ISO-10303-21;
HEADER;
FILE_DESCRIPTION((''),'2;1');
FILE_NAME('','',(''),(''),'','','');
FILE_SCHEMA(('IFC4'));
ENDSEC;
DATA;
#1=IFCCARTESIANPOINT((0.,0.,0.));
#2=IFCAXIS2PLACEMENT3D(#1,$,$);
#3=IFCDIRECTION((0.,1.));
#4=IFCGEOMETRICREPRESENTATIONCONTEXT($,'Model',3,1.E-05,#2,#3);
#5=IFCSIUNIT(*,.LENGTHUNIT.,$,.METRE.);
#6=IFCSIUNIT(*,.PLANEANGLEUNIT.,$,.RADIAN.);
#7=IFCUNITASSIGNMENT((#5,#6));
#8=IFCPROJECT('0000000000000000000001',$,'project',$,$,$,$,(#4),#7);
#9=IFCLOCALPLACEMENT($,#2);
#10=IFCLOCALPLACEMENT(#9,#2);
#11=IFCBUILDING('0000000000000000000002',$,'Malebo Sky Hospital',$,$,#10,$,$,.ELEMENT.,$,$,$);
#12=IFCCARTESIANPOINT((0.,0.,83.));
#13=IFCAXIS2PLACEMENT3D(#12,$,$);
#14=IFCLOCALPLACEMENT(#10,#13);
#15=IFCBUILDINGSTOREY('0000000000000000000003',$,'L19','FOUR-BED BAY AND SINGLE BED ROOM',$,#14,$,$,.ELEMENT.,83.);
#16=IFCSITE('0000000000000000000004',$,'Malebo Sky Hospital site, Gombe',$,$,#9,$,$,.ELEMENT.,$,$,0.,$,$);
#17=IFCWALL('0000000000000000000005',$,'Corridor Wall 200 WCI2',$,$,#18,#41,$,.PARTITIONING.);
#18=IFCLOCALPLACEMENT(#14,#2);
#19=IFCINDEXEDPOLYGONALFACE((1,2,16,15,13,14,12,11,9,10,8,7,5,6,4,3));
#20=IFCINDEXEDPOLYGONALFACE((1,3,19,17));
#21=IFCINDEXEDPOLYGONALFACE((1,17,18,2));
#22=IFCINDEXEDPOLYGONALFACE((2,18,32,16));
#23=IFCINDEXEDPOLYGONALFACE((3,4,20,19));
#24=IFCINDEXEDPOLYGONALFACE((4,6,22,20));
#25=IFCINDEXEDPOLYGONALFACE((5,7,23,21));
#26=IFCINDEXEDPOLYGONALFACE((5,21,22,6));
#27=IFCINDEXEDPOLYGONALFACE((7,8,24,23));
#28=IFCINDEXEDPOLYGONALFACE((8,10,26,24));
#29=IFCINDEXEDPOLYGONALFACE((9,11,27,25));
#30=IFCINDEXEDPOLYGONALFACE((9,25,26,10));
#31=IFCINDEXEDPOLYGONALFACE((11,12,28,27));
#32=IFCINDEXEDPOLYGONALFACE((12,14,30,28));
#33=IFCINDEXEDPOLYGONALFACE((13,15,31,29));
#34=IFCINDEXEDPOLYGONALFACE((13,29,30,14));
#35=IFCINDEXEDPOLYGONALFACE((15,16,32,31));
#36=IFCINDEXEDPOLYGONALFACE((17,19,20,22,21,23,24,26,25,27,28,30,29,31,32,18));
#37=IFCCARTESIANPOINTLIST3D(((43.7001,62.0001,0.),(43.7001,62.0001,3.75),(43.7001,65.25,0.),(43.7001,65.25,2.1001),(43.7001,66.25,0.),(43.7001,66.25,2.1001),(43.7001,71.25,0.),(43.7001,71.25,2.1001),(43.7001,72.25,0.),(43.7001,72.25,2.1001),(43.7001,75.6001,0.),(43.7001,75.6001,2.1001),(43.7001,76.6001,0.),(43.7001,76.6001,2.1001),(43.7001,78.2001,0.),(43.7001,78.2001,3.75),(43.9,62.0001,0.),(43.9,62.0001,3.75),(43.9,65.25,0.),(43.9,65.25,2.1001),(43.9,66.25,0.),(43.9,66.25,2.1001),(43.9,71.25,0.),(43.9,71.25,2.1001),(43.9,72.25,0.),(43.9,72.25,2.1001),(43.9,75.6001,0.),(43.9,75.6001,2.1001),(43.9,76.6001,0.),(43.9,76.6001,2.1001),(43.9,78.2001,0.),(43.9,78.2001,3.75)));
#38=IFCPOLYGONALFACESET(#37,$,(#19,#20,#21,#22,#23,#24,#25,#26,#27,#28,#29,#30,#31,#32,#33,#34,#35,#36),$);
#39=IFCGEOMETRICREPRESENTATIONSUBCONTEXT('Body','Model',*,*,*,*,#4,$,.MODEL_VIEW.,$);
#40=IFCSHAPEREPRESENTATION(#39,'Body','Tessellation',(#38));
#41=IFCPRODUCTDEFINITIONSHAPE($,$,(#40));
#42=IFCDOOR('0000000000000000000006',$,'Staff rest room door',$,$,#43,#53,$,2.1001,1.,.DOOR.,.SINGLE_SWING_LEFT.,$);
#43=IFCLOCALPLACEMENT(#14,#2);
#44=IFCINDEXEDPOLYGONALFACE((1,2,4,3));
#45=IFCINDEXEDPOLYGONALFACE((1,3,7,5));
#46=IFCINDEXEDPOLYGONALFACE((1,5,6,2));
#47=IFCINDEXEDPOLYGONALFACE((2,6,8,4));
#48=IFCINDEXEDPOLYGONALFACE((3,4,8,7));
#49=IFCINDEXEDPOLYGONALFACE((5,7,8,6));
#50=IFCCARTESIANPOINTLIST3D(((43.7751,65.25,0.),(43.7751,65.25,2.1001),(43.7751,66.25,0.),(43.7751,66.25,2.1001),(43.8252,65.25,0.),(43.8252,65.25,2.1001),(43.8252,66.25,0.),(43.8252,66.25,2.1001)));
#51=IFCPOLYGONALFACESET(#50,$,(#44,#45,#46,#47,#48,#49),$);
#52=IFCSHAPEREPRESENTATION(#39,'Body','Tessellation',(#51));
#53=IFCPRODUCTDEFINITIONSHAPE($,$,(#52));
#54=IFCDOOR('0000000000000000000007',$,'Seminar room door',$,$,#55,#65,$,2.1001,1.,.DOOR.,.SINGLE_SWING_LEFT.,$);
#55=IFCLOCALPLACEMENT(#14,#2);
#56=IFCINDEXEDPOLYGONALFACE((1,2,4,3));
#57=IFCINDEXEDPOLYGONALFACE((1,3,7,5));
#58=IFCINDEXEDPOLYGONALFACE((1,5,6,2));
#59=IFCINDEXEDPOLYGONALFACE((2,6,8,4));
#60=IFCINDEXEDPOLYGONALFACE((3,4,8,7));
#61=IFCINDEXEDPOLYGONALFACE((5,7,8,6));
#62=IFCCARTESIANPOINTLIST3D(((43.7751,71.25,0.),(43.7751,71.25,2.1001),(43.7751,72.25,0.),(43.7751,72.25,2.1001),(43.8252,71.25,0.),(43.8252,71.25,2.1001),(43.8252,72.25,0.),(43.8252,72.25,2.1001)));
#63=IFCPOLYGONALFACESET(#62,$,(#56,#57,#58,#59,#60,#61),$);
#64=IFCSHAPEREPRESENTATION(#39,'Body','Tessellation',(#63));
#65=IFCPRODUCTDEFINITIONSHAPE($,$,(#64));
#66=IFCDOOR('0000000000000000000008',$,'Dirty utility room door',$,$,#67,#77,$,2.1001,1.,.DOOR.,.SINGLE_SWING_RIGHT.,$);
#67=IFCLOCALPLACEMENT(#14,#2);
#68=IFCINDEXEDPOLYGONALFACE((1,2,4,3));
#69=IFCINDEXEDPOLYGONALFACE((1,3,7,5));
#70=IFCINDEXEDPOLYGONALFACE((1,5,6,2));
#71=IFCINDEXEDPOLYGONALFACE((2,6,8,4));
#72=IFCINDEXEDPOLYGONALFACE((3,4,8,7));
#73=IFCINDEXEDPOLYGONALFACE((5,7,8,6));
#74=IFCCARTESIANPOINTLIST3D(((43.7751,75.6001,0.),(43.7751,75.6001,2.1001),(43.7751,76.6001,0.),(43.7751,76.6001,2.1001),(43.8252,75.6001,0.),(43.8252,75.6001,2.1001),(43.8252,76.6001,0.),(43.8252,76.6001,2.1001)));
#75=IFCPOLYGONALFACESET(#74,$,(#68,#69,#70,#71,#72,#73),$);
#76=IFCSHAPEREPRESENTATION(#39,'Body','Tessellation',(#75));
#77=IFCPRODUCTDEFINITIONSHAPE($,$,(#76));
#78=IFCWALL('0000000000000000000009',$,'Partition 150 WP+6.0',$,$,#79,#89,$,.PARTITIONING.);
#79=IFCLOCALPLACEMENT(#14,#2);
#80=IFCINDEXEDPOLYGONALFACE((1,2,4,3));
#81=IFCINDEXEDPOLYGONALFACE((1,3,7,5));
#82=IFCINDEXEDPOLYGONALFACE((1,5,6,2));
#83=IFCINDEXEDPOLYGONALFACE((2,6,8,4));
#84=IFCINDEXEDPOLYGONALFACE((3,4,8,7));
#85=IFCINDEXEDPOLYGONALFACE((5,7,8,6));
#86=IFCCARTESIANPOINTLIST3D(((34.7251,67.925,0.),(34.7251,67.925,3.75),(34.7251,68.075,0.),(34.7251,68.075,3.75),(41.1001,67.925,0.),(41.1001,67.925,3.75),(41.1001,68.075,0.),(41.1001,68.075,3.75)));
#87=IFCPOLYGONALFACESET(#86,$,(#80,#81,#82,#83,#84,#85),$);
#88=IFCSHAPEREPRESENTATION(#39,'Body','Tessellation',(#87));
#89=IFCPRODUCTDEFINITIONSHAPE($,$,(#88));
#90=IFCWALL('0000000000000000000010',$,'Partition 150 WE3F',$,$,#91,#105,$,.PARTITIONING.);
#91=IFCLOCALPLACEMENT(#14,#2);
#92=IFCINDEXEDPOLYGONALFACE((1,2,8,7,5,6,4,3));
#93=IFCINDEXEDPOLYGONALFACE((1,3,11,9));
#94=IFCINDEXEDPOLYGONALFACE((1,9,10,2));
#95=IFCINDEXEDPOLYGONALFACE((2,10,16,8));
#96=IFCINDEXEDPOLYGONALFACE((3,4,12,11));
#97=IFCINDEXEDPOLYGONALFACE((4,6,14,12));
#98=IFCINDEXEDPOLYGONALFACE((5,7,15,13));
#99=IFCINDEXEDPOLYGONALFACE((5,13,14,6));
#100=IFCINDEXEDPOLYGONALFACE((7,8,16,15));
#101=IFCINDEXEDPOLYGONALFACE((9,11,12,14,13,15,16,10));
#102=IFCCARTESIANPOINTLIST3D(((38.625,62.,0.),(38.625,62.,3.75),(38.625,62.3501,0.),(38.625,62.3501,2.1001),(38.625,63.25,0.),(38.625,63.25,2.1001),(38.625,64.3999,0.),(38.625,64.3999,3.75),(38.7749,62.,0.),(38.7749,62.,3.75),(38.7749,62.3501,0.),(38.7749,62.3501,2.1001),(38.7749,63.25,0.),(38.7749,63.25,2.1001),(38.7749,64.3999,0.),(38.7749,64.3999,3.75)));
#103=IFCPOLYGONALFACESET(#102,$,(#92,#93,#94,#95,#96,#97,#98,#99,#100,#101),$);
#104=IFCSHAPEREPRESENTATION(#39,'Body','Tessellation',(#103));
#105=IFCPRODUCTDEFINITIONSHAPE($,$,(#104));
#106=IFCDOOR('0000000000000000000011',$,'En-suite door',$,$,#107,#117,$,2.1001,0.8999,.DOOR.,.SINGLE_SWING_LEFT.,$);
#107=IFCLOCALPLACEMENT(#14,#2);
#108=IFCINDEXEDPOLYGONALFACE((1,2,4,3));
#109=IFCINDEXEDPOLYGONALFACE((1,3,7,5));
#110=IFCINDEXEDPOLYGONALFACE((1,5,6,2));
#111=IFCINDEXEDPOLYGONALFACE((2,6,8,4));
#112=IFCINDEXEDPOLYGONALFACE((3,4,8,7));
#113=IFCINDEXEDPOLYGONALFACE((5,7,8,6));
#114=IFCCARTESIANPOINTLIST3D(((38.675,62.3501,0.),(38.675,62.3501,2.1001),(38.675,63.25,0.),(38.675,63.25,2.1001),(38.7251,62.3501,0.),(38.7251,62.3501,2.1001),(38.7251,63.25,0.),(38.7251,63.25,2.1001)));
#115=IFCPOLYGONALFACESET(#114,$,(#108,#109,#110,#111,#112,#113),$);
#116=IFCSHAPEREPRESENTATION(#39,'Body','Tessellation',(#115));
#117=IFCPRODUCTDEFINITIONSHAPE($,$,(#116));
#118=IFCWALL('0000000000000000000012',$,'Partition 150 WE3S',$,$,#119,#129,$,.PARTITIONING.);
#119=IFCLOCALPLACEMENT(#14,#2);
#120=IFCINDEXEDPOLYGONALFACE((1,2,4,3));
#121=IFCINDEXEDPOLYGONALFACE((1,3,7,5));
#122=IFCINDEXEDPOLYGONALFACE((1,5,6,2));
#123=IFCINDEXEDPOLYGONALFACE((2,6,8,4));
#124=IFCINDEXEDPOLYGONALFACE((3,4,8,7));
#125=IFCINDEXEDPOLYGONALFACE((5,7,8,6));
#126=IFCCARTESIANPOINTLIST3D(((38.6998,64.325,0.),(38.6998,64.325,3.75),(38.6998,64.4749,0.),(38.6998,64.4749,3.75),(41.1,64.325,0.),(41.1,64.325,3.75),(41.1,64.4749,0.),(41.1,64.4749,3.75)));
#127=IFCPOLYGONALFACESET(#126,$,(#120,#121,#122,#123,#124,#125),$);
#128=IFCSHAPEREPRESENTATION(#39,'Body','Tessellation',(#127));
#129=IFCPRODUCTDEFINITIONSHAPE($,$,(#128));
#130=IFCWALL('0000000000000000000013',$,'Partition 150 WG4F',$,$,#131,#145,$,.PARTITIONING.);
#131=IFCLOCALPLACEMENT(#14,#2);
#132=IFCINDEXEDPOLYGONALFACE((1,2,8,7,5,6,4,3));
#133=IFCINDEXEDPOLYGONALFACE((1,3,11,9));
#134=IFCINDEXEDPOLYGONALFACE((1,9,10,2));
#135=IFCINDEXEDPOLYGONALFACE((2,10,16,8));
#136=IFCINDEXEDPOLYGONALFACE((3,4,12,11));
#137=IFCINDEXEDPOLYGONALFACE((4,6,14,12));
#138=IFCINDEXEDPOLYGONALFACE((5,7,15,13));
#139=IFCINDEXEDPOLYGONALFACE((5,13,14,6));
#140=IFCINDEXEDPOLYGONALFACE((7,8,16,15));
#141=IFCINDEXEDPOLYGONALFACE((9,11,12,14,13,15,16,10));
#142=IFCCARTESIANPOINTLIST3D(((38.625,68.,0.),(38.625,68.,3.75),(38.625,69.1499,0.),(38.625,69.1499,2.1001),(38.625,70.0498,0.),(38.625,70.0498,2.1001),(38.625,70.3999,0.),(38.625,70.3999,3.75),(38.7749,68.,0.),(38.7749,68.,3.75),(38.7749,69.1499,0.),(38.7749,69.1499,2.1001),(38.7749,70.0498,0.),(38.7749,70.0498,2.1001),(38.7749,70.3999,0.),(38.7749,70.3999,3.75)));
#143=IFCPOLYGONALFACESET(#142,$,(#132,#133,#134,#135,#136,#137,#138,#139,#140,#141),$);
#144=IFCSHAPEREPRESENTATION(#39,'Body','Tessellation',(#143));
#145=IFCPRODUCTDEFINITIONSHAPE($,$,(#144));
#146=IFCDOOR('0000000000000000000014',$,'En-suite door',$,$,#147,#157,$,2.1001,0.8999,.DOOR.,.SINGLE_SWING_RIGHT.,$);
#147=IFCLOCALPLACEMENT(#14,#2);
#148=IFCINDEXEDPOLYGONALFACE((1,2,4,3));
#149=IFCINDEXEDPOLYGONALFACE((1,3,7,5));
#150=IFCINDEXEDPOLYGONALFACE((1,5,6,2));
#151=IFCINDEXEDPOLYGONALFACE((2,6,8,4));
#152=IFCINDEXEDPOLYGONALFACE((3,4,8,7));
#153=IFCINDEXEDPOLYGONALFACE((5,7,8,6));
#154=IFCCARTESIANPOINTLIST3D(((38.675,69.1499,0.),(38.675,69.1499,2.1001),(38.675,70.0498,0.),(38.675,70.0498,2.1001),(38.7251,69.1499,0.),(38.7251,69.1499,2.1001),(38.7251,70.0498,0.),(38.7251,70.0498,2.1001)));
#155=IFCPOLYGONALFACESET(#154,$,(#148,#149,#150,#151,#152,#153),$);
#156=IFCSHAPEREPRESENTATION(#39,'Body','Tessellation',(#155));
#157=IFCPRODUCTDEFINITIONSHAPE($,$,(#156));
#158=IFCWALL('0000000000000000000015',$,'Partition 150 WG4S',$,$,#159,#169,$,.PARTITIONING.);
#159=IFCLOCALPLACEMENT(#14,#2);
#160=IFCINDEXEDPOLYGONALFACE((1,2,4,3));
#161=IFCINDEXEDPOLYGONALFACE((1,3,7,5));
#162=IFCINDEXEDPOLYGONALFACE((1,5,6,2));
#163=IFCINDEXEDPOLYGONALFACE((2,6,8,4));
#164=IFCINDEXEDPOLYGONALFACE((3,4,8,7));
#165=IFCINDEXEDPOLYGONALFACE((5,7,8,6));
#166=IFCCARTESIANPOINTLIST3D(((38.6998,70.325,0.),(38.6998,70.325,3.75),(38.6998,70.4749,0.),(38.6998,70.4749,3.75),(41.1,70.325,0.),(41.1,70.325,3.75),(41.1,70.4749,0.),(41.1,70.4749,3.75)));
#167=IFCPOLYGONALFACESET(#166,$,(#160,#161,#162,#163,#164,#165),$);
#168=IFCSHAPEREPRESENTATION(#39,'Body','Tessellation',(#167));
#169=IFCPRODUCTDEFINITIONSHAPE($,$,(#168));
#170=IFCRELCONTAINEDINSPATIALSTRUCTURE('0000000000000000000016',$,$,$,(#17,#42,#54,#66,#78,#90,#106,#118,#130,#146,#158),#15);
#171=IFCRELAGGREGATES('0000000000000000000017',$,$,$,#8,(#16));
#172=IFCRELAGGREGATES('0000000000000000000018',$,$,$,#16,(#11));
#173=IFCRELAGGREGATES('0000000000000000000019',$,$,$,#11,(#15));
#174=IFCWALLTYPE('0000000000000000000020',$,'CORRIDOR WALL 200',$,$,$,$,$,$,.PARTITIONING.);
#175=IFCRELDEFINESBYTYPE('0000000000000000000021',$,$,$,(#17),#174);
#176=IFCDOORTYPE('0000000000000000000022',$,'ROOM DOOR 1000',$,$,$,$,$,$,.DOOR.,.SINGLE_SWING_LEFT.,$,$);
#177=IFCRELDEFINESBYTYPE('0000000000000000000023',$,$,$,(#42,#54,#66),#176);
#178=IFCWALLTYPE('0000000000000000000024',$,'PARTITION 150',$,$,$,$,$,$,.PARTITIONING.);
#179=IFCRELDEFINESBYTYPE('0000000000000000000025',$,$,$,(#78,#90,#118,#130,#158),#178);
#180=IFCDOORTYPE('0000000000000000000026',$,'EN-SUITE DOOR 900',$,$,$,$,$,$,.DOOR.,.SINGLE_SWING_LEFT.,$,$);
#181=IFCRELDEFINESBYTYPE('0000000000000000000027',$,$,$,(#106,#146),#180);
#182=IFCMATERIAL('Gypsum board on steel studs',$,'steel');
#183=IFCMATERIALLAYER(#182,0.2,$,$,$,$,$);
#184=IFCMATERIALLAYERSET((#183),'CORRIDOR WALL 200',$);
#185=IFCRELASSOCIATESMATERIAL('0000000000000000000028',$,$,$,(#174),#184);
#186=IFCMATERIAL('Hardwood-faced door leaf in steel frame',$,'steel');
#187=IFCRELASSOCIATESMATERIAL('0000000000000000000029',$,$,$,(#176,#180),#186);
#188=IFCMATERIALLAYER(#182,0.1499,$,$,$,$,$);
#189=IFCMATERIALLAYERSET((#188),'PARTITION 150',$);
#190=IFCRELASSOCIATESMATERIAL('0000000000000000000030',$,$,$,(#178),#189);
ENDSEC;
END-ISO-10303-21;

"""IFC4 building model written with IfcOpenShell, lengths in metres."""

from ifc_helpers import new_model, si_unit, direction, frame, frame_2d, origin, place, context, subcontext, project, spatial, rectangle, extrude, material, layer, layer_set, type_object, element, fill, save


model = new_model("IFC4")

# Units and contexts
model_context = context("Model", 3, precision=1e-05, world=origin(), true_north=direction((0.0, 1.0)))
body_context = subcontext(model_context, "Body", "Model", "MODEL_VIEW")
ifc_project = project(units=[si_unit("LENGTHUNIT", "METRE"), si_unit("PLANEANGLEUNIT", "RADIAN")], contexts=[model_context])

# Site, building, storey
site_placement = place(None, origin())
site = spatial("IfcSite", under=ifc_project, at=site_placement, Name="Malebo Sky Hospital site, Gombe", CompositionType="ELEMENT", RefElevation=0.0)
building_placement = place(site_placement, origin())
building = spatial("IfcBuilding", under=site, at=building_placement, Name="Malebo Sky Hospital", CompositionType="ELEMENT")
storey_placement = place(building_placement, frame((0.0, 0.0, 83.0)))
storey = spatial("IfcBuildingStorey", under=building, at=storey_placement, Name="L19", Description="FOUR-BED BAY AND SINGLE BED ROOM", CompositionType="ELEMENT", Elevation=83.0)

# Wall, openings, doors
ifc_material_1 = material(Name="Gypsum board on steel studs", Category="steel")
ifc_layer_1 = layer(ifc_material_1, 0.2)
ifc_layer_set_1 = layer_set([ifc_layer_1], Name="CORRIDOR WALL 200")
wall_type_1 = type_object("IfcWallType", Name="CORRIDOR WALL 200", PredefinedType="PARTITIONING", material=ifc_layer_set_1)
wall_1_placement = place(storey_placement, frame((43.8, 62.0, 0.0), z_axis=(0.0, 0.0, 1.0), x_axis=(0.0, 1.0, 0.0)))
wall_1 = element("IfcWall", 1, at=wall_1_placement, inside=storey, type_object=wall_type_1, Name="Corridor Wall 200 WCI2", PredefinedType="PARTITIONING", context=body_context, shape_type="SweptSolid", body=[
    extrude(rectangle(XDim=16.2, YDim=0.2, at=frame_2d((8.1001, 0.0))), origin(), (0.0, 0.0, 1.0), 3.75),
])
opening_1_placement = place(wall_1_placement, frame((3.25, 0.0, 0.0)))
opening_1 = element("IfcOpeningElement", 2, at=opening_1_placement, cuts=wall_1, PredefinedType="OPENING", context=body_context, shape_type="SweptSolid", body=[
    extrude(rectangle(XDim=1.0, YDim=2.1001, at=frame_2d((0.5, 1.05))), frame((0.0, 0.1099, 0.0), z_axis=(0.0, -1.0, 0.0), x_axis=(1.0, 0.0, 0.0)), (0.0, 0.0, 1.0), 0.22),
])
opening_2_placement = place(wall_1_placement, frame((9.25, 0.0, 0.0)))
opening_2 = element("IfcOpeningElement", 3, at=opening_2_placement, cuts=wall_1, PredefinedType="OPENING", context=body_context, shape_type="SweptSolid", body=[
    extrude(rectangle(XDim=1.0, YDim=2.1001, at=frame_2d((0.5, 1.05))), frame((0.0, 0.1099, 0.0), z_axis=(0.0, -1.0, 0.0), x_axis=(1.0, 0.0, 0.0)), (0.0, 0.0, 1.0), 0.22),
])
opening_3_placement = place(wall_1_placement, frame((13.6001, 0.0, 0.0)))
opening_3 = element("IfcOpeningElement", 4, at=opening_3_placement, cuts=wall_1, PredefinedType="OPENING", context=body_context, shape_type="SweptSolid", body=[
    extrude(rectangle(XDim=1.0, YDim=2.1001, at=frame_2d((0.5, 1.05))), frame((0.0, 0.1099, 0.0), z_axis=(0.0, -1.0, 0.0), x_axis=(1.0, 0.0, 0.0)), (0.0, 0.0, 1.0), 0.22),
])
ifc_material_2 = material(Name="Hardwood-faced door leaf in steel frame", Category="steel")
door_type_1 = type_object("IfcDoorType", Name="ROOM DOOR 1000", OperationType="SINGLE_SWING_LEFT", PredefinedType="DOOR", material=ifc_material_2)
door_1_placement = place(opening_1_placement, origin())
door_1 = element("IfcDoor", 5, at=door_1_placement, inside=storey, type_object=door_type_1, Name="Staff rest room door", OperationType="SINGLE_SWING_LEFT", OverallHeight=2.1001, OverallWidth=1.0, PredefinedType="DOOR", context=body_context, shape_type="SweptSolid", body=[
    extrude(rectangle(XDim=1.0, YDim=2.1001, at=frame_2d((0.5, 1.05))), frame((0.0, 0.0249, 0.0), z_axis=(0.0, -1.0, 0.0), x_axis=(1.0, 0.0, 0.0)), (0.0, 0.0, 1.0), 0.05),
])
fill(opening_1, door_1)
door_2_placement = place(opening_2_placement, origin())
door_2 = element("IfcDoor", 6, at=door_2_placement, inside=storey, type_object=door_type_1, Name="Seminar room door", OperationType="SINGLE_SWING_LEFT", OverallHeight=2.1001, OverallWidth=1.0, PredefinedType="DOOR", context=body_context, shape_type="SweptSolid", body=[
    extrude(rectangle(XDim=1.0, YDim=2.1001, at=frame_2d((0.5, 1.05))), frame((0.0, 0.0249, 0.0), z_axis=(0.0, -1.0, 0.0), x_axis=(1.0, 0.0, 0.0)), (0.0, 0.0, 1.0), 0.05),
])
fill(opening_2, door_2)
door_3_placement = place(opening_3_placement, origin())
door_3 = element("IfcDoor", 7, at=door_3_placement, inside=storey, type_object=door_type_1, Name="Dirty utility room door", OperationType="SINGLE_SWING_RIGHT", OverallHeight=2.1001, OverallWidth=1.0, PredefinedType="DOOR", context=body_context, shape_type="SweptSolid", body=[
    extrude(rectangle(XDim=1.0, YDim=2.1001, at=frame_2d((0.5, 1.05))), frame((0.0, 0.0249, 0.0), z_axis=(0.0, -1.0, 0.0), x_axis=(1.0, 0.0, 0.0)), (0.0, 0.0, 1.0), 0.05),
])
fill(opening_3, door_3)

# Wall
ifc_layer_2 = layer(ifc_material_1, 0.1499)
ifc_layer_set_2 = layer_set([ifc_layer_2], Name="PARTITION 150")
wall_type_2 = type_object("IfcWallType", Name="PARTITION 150", PredefinedType="PARTITIONING", material=ifc_layer_set_2)
wall_2_placement = place(storey_placement, frame((41.1001, 68.0, 0.0), z_axis=(0.0, 0.0, 1.0), x_axis=(-1.0, 0.0, 0.0)))
element("IfcWall", 8, at=wall_2_placement, inside=storey, type_object=wall_type_2, Name="Partition 150 WP+6.0", PredefinedType="PARTITIONING", context=body_context, shape_type="SweptSolid", body=[
    extrude(rectangle(XDim=6.375, YDim=0.1499, at=frame_2d((3.1875, 0.0))), origin(), (0.0, 0.0, 1.0), 3.75),
])

# Wall, opening, door
wall_3_placement = place(storey_placement, frame((38.7, 62.0, 0.0), z_axis=(0.0, 0.0, 1.0), x_axis=(0.0, 1.0, 0.0)))
wall_3 = element("IfcWall", 9, at=wall_3_placement, inside=storey, type_object=wall_type_2, Name="Partition 150 WE3F", PredefinedType="PARTITIONING", context=body_context, shape_type="SweptSolid", body=[
    extrude(rectangle(XDim=2.3999, YDim=0.1499, at=frame_2d((1.2, 0.0))), origin(), (0.0, 0.0, 1.0), 3.75),
])
opening_4_placement = place(wall_3_placement, frame((0.3501, 0.0, 0.0)))
opening_4 = element("IfcOpeningElement", 10, at=opening_4_placement, cuts=wall_3, PredefinedType="OPENING", context=body_context, shape_type="SweptSolid", body=[
    extrude(rectangle(XDim=0.8999, YDim=2.1001, at=frame_2d((0.45, 1.05))), frame((0.0, 0.085, 0.0), z_axis=(0.0, -1.0, 0.0), x_axis=(1.0, 0.0, 0.0)), (0.0, 0.0, 1.0), 0.1699),
])
door_type_2 = type_object("IfcDoorType", Name="EN-SUITE DOOR 900", OperationType="SINGLE_SWING_LEFT", PredefinedType="DOOR", material=ifc_material_2)
door_4_placement = place(opening_4_placement, origin())
door_4 = element("IfcDoor", 11, at=door_4_placement, inside=storey, type_object=door_type_2, Name="En-suite door", OperationType="SINGLE_SWING_LEFT", OverallHeight=2.1001, OverallWidth=0.8999, PredefinedType="DOOR", context=body_context, shape_type="SweptSolid", body=[
    extrude(rectangle(XDim=0.8999, YDim=2.1001, at=frame_2d((0.45, 1.05))), frame((0.0, 0.0249, 0.0), z_axis=(0.0, -1.0, 0.0), x_axis=(1.0, 0.0, 0.0)), (0.0, 0.0, 1.0), 0.05),
])
fill(opening_4, door_4)

# Wall
wall_4_placement = place(storey_placement, frame((41.1001, 64.3999, 0.0), z_axis=(0.0, 0.0, 1.0), x_axis=(-1.0, 0.0, 0.0)))
element("IfcWall", 12, at=wall_4_placement, inside=storey, type_object=wall_type_2, Name="Partition 150 WE3S", PredefinedType="PARTITIONING", context=body_context, shape_type="SweptSolid", body=[
    extrude(rectangle(XDim=2.4001, YDim=0.1499, at=frame_2d((1.2002, 0.0))), origin(), (0.0, 0.0, 1.0), 3.75),
])

# Wall, opening, door
wall_5_placement = place(storey_placement, frame((38.7, 68.0, 0.0), z_axis=(0.0, 0.0, 1.0), x_axis=(0.0, 1.0, 0.0)))
wall_5 = element("IfcWall", 13, at=wall_5_placement, inside=storey, type_object=wall_type_2, Name="Partition 150 WG4F", PredefinedType="PARTITIONING", context=body_context, shape_type="SweptSolid", body=[
    extrude(rectangle(XDim=2.3999, YDim=0.1499, at=frame_2d((1.2, 0.0))), origin(), (0.0, 0.0, 1.0), 3.75),
])
opening_5_placement = place(wall_5_placement, frame((1.1499, 0.0, 0.0)))
opening_5 = element("IfcOpeningElement", 14, at=opening_5_placement, cuts=wall_5, PredefinedType="OPENING", context=body_context, shape_type="SweptSolid", body=[
    extrude(rectangle(XDim=0.8999, YDim=2.1001, at=frame_2d((0.45, 1.05))), frame((0.0, 0.085, 0.0), z_axis=(0.0, -1.0, 0.0), x_axis=(1.0, 0.0, 0.0)), (0.0, 0.0, 1.0), 0.1699),
])
door_5_placement = place(opening_5_placement, origin())
door_5 = element("IfcDoor", 15, at=door_5_placement, inside=storey, type_object=door_type_2, Name="En-suite door", OperationType="SINGLE_SWING_RIGHT", OverallHeight=2.1001, OverallWidth=0.8999, PredefinedType="DOOR", context=body_context, shape_type="SweptSolid", body=[
    extrude(rectangle(XDim=0.8999, YDim=2.1001, at=frame_2d((0.45, 1.05))), frame((0.0, 0.0249, 0.0), z_axis=(0.0, -1.0, 0.0), x_axis=(1.0, 0.0, 0.0)), (0.0, 0.0, 1.0), 0.05),
])
fill(opening_5, door_5)

# Wall
wall_6_placement = place(storey_placement, frame((41.1001, 70.3999, 0.0), z_axis=(0.0, 0.0, 1.0), x_axis=(-1.0, 0.0, 0.0)))
element("IfcWall", 16, at=wall_6_placement, inside=storey, type_object=wall_type_2, Name="Partition 150 WG4S", PredefinedType="PARTITIONING", context=body_context, shape_type="SweptSolid", body=[
    extrude(rectangle(XDim=2.4001, YDim=0.1499, at=frame_2d((1.2002, 0.0))), origin(), (0.0, 0.0, 1.0), 3.75),
])

save(model, "model.ifc")
